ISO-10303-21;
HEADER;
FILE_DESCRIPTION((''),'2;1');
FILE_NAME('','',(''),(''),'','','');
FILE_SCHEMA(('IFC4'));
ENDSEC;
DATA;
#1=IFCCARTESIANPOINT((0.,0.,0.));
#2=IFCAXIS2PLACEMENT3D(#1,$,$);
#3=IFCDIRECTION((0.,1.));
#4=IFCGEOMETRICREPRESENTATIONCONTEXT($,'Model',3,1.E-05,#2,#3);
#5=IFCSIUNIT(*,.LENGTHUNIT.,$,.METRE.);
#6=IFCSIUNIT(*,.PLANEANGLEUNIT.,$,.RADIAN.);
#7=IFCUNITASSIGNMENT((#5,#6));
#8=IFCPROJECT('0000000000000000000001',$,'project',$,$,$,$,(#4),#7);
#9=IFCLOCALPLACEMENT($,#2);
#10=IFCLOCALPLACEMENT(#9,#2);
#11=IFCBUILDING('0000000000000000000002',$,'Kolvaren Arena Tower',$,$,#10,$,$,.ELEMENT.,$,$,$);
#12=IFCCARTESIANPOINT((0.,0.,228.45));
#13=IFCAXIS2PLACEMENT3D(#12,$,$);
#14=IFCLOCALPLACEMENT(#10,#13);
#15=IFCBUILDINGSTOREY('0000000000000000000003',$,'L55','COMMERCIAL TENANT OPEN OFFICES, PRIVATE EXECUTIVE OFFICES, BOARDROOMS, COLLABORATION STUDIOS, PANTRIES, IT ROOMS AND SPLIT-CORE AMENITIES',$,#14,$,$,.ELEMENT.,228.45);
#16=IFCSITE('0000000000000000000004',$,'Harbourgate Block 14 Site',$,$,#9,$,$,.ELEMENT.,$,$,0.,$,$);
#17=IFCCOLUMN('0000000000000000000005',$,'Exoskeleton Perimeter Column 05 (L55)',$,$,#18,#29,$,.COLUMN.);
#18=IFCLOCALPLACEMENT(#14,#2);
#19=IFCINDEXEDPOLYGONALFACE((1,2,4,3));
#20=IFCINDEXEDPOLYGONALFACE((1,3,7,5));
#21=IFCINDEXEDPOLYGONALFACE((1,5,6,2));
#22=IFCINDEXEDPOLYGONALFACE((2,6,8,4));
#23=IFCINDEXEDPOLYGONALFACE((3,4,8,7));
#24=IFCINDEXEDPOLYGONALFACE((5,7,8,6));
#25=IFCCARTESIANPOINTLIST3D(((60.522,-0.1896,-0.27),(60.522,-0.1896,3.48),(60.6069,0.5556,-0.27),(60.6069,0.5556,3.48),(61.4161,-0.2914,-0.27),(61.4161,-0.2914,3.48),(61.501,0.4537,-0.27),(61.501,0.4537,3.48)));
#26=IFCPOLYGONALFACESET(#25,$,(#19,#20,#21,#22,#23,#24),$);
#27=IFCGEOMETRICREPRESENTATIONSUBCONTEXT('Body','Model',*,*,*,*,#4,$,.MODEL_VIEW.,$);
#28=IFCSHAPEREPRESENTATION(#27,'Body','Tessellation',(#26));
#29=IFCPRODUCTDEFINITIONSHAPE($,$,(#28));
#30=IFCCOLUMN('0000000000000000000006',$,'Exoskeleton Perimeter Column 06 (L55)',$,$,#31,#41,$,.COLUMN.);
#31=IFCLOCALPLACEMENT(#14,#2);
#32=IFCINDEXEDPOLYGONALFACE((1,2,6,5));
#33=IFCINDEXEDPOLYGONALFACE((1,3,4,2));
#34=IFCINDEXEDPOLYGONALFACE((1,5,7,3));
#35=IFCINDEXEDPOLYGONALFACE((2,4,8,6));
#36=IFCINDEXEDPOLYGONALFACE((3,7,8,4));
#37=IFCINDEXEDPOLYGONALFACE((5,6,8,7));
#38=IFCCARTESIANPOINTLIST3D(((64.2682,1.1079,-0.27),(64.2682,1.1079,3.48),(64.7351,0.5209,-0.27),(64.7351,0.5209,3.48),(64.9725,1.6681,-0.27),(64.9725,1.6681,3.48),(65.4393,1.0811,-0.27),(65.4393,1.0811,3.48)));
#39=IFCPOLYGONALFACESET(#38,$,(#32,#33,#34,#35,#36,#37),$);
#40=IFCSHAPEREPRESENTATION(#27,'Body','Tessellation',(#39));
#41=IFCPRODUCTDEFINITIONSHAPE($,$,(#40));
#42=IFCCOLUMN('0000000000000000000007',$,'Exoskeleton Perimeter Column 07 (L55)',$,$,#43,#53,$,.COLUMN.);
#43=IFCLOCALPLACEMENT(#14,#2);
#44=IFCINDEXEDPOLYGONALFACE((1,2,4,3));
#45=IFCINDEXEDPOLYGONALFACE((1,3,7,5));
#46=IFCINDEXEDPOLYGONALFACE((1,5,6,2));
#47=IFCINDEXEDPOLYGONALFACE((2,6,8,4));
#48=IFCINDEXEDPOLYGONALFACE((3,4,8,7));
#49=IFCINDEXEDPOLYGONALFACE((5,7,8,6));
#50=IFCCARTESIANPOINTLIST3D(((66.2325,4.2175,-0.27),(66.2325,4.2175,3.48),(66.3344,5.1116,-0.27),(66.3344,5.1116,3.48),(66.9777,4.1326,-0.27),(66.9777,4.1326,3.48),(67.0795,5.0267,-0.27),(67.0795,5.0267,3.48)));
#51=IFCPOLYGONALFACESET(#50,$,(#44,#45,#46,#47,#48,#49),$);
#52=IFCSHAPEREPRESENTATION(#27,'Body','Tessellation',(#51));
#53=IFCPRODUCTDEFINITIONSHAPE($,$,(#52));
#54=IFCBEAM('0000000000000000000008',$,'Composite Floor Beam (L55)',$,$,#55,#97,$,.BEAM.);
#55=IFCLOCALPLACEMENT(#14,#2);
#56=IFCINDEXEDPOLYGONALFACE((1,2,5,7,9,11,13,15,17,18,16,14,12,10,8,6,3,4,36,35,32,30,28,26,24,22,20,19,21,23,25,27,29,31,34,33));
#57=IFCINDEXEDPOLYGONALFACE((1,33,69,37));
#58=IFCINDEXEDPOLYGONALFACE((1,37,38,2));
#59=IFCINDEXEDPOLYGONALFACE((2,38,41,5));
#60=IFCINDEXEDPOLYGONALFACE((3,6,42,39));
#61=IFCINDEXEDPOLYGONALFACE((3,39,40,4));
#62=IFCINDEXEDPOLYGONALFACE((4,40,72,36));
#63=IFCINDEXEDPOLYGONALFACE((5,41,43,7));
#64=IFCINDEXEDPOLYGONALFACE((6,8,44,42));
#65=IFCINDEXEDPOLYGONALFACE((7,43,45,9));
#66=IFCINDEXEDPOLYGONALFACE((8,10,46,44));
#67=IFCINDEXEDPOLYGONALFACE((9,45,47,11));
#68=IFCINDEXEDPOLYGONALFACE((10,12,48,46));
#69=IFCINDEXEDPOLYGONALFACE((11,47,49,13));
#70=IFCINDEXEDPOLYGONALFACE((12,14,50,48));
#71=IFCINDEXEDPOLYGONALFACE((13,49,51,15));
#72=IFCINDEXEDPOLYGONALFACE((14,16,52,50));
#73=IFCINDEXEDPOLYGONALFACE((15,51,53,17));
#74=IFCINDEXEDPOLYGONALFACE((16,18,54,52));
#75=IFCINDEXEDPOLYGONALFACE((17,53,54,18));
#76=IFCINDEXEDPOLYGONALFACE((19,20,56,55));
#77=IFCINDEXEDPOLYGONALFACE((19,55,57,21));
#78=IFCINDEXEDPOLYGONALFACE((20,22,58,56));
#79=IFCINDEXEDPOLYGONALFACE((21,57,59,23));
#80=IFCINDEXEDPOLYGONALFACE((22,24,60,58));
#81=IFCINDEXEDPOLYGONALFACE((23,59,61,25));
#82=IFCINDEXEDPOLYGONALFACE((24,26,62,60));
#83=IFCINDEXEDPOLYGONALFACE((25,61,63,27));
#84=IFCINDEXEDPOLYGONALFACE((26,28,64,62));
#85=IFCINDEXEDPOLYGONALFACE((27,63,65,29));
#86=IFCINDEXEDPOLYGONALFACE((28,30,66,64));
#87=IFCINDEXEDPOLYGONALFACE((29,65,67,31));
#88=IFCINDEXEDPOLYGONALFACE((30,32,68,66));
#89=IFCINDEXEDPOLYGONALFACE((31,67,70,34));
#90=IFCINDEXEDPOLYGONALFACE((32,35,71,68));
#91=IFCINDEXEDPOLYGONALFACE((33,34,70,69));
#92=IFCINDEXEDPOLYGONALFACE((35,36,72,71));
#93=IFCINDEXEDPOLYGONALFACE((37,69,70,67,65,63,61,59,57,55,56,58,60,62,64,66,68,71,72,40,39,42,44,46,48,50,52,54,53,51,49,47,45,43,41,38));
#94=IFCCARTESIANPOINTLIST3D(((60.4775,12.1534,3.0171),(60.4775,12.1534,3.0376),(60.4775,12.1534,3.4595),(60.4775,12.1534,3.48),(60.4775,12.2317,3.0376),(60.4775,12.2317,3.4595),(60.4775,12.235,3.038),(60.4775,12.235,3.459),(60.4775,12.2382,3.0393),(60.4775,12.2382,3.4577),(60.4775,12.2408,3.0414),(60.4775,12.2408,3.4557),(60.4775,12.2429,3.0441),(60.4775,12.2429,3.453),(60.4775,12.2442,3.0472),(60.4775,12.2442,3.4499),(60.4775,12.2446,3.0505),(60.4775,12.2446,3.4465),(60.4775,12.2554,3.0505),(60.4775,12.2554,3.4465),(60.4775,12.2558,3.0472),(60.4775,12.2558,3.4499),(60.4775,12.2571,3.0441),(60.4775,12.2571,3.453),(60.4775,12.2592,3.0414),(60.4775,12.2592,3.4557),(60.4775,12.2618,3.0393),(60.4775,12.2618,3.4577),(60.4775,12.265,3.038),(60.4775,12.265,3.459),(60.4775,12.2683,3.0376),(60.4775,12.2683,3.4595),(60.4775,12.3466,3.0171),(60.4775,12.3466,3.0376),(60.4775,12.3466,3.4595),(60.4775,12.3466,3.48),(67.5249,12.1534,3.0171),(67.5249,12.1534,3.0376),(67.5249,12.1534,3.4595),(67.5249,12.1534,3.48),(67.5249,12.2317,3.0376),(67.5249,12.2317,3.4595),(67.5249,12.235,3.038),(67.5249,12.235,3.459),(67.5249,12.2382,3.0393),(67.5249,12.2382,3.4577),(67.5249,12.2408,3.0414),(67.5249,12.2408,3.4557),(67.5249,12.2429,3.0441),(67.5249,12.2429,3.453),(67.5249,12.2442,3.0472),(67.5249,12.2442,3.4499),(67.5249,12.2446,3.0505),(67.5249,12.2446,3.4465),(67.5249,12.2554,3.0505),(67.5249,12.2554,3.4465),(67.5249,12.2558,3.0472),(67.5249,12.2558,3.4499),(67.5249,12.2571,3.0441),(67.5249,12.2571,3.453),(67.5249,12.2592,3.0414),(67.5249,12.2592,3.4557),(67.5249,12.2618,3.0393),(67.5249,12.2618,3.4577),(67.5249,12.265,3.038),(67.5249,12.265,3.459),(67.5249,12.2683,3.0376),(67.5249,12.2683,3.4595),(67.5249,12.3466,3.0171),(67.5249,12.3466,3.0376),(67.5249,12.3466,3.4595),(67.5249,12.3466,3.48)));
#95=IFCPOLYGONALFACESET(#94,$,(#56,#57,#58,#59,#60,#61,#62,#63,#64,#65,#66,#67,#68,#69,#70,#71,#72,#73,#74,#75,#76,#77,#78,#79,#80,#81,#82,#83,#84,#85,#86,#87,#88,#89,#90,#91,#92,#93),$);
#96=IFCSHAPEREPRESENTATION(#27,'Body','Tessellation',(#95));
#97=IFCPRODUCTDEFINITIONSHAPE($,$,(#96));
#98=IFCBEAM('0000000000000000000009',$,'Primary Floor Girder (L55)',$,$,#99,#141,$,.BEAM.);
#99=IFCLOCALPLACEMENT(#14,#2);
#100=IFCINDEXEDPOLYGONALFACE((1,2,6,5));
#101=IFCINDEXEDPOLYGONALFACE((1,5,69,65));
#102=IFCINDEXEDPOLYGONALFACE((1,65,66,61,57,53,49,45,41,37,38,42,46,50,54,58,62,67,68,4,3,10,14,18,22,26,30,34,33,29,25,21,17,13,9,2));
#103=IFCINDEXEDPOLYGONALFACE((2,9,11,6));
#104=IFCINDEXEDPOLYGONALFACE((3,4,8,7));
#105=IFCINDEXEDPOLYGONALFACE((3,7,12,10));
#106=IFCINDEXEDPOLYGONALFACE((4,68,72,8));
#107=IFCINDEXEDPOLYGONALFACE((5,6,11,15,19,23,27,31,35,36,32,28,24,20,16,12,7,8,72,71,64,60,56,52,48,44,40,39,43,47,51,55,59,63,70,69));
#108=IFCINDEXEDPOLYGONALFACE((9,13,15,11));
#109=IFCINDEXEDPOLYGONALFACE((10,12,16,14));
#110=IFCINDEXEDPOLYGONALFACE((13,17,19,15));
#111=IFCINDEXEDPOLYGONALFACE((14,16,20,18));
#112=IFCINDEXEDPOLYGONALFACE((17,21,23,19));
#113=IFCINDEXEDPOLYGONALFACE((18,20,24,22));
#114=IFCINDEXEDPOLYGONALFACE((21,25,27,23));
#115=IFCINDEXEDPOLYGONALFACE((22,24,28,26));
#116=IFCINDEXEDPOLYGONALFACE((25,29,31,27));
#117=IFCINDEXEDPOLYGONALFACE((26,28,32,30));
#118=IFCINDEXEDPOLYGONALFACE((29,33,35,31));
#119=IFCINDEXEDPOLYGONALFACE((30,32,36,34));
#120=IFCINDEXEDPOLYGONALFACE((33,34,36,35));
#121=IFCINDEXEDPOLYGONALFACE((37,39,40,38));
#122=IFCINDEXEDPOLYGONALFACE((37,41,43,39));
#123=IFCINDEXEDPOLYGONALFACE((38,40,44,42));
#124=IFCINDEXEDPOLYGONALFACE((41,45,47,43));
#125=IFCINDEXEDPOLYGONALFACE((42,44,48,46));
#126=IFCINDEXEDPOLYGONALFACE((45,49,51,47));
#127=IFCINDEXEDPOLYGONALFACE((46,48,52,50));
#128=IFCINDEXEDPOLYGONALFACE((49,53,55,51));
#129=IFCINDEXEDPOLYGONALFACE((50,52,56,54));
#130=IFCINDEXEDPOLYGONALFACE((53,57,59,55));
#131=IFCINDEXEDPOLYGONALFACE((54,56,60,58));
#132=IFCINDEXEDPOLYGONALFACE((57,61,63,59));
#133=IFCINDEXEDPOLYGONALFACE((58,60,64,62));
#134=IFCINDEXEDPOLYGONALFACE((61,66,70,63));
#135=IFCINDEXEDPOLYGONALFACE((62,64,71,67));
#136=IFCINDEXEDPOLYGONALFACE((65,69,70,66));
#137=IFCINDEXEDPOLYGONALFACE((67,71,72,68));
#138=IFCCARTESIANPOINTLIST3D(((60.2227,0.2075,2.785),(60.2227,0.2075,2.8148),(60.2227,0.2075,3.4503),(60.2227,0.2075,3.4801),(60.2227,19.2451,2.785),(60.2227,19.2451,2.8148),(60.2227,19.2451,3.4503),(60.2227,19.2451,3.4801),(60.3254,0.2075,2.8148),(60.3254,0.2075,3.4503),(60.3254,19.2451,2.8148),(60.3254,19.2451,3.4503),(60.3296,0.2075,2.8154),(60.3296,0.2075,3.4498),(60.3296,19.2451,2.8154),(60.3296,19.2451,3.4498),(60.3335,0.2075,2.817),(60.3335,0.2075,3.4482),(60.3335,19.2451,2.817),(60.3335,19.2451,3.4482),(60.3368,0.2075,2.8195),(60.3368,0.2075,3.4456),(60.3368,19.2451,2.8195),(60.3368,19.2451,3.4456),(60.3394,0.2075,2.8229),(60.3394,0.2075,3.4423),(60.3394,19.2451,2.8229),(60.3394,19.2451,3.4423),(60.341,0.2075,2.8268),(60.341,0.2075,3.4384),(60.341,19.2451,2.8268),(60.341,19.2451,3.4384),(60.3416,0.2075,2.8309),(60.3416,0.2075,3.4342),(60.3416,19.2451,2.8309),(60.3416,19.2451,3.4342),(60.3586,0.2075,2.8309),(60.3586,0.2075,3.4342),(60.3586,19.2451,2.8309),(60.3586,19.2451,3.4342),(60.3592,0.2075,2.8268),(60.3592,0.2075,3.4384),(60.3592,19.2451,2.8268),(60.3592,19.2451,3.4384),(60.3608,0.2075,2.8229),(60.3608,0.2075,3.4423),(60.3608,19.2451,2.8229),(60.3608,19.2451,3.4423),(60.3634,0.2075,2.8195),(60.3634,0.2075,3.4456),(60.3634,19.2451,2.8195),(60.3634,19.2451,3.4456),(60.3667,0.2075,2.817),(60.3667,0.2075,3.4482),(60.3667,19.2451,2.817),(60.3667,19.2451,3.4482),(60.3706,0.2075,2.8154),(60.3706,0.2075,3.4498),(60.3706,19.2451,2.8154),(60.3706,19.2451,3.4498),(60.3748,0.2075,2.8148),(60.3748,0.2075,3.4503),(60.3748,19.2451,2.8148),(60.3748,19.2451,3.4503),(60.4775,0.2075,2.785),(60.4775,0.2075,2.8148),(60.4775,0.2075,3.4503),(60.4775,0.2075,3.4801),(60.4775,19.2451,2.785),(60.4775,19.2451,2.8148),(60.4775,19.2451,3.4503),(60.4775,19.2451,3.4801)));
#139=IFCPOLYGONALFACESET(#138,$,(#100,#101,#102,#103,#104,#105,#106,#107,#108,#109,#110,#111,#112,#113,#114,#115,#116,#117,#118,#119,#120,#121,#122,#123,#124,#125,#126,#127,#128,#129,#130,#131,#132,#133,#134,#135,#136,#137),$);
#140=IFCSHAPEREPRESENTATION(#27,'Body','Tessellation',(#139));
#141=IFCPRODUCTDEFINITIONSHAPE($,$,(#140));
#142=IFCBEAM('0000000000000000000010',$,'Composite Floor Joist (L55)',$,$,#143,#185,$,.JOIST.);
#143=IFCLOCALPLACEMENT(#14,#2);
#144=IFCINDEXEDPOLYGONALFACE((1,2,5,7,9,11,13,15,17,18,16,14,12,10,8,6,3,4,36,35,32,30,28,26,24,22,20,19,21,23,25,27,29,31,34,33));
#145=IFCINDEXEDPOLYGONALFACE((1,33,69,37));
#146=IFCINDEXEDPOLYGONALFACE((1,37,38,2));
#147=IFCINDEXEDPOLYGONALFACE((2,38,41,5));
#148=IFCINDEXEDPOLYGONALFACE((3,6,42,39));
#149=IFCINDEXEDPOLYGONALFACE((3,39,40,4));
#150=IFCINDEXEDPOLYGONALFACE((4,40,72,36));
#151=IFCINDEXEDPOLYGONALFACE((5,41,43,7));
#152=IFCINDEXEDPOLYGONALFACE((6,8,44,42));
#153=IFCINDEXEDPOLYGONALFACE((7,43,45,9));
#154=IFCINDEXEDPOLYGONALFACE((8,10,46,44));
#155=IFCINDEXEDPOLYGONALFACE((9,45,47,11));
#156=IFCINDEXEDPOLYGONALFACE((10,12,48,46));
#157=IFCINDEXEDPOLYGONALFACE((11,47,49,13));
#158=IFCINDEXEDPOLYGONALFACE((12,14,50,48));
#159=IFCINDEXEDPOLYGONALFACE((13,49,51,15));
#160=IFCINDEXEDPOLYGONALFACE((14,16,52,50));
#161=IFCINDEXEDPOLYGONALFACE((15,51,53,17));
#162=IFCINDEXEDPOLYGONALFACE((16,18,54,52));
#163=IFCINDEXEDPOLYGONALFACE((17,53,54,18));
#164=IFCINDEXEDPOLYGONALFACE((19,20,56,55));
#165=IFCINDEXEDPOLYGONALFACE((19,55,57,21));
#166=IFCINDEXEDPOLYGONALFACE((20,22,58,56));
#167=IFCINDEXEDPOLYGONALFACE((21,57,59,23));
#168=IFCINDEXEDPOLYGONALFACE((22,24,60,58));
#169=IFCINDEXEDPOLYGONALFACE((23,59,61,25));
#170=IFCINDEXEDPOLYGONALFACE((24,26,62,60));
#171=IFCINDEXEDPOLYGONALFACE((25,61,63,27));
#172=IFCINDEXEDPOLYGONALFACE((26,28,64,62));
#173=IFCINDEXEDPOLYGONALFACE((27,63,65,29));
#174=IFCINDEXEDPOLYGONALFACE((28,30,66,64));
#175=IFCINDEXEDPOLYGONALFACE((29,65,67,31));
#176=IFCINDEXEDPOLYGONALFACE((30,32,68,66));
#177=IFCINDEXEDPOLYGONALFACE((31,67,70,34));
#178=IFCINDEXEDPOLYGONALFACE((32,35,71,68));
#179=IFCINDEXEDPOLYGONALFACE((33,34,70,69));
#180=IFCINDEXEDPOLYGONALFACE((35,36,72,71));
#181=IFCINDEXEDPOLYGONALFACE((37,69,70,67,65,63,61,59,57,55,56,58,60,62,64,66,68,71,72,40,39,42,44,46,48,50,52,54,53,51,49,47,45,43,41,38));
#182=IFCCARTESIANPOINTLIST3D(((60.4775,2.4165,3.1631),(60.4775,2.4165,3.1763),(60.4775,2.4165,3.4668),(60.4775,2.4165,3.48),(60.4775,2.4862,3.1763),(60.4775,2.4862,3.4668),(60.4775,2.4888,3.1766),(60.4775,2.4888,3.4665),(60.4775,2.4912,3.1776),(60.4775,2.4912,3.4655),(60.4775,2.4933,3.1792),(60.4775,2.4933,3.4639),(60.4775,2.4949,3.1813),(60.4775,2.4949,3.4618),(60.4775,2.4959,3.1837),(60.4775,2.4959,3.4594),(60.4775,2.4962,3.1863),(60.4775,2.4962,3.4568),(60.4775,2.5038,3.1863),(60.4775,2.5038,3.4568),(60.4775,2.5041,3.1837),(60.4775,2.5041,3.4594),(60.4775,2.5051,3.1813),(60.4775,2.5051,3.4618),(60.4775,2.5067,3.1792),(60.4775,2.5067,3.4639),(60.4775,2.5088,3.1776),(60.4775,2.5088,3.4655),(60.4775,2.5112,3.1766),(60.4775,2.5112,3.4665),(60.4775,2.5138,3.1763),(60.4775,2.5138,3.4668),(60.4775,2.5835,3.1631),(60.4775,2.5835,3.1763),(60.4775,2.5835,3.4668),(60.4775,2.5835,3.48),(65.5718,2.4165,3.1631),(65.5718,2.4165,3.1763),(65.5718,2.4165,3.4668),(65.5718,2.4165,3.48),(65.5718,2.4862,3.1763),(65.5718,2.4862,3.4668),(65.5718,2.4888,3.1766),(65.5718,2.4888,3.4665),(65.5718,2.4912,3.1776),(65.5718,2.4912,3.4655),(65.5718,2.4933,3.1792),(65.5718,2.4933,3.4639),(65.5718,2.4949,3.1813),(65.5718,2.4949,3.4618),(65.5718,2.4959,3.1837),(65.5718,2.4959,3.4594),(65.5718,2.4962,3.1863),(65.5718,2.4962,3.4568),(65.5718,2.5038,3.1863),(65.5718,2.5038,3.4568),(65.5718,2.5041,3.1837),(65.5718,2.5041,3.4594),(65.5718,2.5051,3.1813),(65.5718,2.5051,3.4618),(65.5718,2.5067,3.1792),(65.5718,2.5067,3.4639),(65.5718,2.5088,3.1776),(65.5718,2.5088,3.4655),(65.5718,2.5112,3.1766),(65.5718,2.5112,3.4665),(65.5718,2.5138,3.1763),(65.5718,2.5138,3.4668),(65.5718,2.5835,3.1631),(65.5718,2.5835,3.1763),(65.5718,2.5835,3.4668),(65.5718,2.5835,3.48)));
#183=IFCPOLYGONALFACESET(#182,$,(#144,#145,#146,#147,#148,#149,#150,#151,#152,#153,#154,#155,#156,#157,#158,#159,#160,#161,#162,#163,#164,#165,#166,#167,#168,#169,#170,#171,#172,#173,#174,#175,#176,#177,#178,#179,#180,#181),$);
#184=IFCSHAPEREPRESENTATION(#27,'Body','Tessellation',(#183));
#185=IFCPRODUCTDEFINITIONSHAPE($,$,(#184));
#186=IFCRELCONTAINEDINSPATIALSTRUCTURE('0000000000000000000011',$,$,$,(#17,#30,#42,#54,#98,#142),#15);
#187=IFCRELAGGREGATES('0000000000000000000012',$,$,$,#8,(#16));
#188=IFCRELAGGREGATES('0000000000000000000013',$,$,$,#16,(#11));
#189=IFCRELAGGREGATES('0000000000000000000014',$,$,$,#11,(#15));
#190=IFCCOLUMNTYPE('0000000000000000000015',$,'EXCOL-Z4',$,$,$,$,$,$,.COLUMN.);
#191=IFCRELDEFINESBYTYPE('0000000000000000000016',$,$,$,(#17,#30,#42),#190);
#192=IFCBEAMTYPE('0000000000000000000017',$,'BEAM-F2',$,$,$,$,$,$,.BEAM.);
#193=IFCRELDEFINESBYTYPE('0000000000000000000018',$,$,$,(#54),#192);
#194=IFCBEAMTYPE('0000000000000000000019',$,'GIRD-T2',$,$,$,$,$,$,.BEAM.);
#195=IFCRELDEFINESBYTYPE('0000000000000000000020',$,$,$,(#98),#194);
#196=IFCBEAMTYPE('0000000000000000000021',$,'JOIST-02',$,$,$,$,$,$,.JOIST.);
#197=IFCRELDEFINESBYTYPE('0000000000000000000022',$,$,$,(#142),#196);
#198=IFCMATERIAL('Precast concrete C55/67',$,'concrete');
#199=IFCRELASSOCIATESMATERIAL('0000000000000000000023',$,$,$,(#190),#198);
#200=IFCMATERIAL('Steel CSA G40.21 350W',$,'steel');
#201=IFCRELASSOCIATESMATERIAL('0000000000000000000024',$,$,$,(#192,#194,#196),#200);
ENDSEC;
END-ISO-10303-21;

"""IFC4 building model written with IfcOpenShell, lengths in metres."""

from ifc_helpers import new_model, si_unit, direction, frame, origin, origin_2d, place, context, subcontext, project, spatial, rectangle, i_section, extrude, material, material_profile, profile_set, type_object, element, save


model = new_model("IFC4")

# Units and contexts
model_context = context("Model", 3, precision=1e-05, world=origin(), true_north=direction((0.0, 1.0)))
body_context = subcontext(model_context, "Body", "Model", "MODEL_VIEW")
ifc_project = project(units=[si_unit("LENGTHUNIT", "METRE"), si_unit("PLANEANGLEUNIT", "RADIAN")], contexts=[model_context])

# Site, building, storey
site_placement = place(None, origin())
site = spatial("IfcSite", under=ifc_project, at=site_placement, Name="Harbourgate Block 14 Site", CompositionType="ELEMENT", RefElevation=0.0)
building_placement = place(site_placement, origin())
building = spatial("IfcBuilding", under=site, at=building_placement, Name="Kolvaren Arena Tower", CompositionType="ELEMENT")
storey_placement = place(building_placement, frame((0.0, 0.0, 228.45)))
storey = spatial("IfcBuildingStorey", under=building, at=storey_placement, Name="L55", Description="COMMERCIAL TENANT OPEN OFFICES, PRIVATE EXECUTIVE OFFICES, BOARDROOMS, COLLABORATION STUDIOS, PANTRIES, IT ROOMS AND SPLIT-CORE AMENITIES", CompositionType="ELEMENT", Elevation=228.45)

# Columns
ifc_material_1 = material(Name="Precast concrete C55/67", Category="concrete")
ifc_material_profile_1 = material_profile(ifc_material_1, rectangle(XDim=0.8999, YDim=0.75, at=origin_2d()), Name="RC-900x750")
ifc_profile_set_1 = profile_set([ifc_material_profile_1], Name="Precast concrete C55/67")
column_type = type_object("IfcColumnType", Name="EXCOL-Z4", PredefinedType="COLUMN", material=ifc_profile_set_1)
for number, where, z_axis, x_axis, name in (
    (1, (61.0115, 0.1321, -0.27), (0.0, 0.0, 1.0), (0.993572, -0.113203, 0.0), "Exoskeleton Perimeter Column 05 (L55)"),
    (2, (64.8538, 1.0945, -0.27), (0.0, 0.0, 1.0), (0.782608, 0.622515, 0.0), "Exoskeleton Perimeter Column 06 (L55)"),
    (3, (66.656, 4.6221, -0.27), (0.0, 0.0, 1.0), (0.113203, 0.993572, 0.0), "Exoskeleton Perimeter Column 07 (L55)"),
):
    element("IfcColumn", number, at=place(storey_placement, frame(where, z_axis=z_axis, x_axis=x_axis)), inside=storey, type_object=column_type, Name=name, PredefinedType="COLUMN", context=body_context, shape_type="SweptSolid", body=[
        extrude(rectangle(XDim=0.8999, YDim=0.75, at=origin_2d()), origin(), (0.0, 0.0, 1.0), 3.75),
    ])

# Beams
ifc_material_2 = material(Name="Steel CSA G40.21 350W", Category="steel")
ifc_material_profile_2 = material_profile(ifc_material_2, i_section(OverallWidth=0.1931, OverallDepth=0.4629, WebThickness=0.0107, FlangeThickness=0.0205, FilletRadius=0.0129, at=origin_2d()), Name="W460x113")
ifc_profile_set_2 = profile_set([ifc_material_profile_2], Name="Steel CSA G40.21 350W")
beam_type_1 = type_object("IfcBeamType", Name="BEAM-F2", PredefinedType="BEAM", material=ifc_profile_set_2)
beam_1_placement = place(storey_placement, frame((60.4775, 12.25, 3.2485), z_axis=(1.0, 0.0, 0.0), x_axis=(0.0, 1.0, 0.0)))
element("IfcBeam", 4, at=beam_1_placement, inside=storey, type_object=beam_type_1, Name="Composite Floor Beam (L55)", PredefinedType="BEAM", context=body_context, shape_type="SweptSolid", body=[
    extrude(i_section(OverallWidth=0.1931, OverallDepth=0.4629, WebThickness=0.0107, FlangeThickness=0.0205, FilletRadius=0.0129, at=origin_2d()), origin(), (0.0, 0.0, 1.0), 7.0474),
])
ifc_material_profile_3 = material_profile(ifc_material_2, i_section(OverallWidth=0.2549, OverallDepth=0.6951, WebThickness=0.0171, FlangeThickness=0.0298, FilletRadius=0.0161, at=origin_2d()), Name="W690x217")
ifc_profile_set_3 = profile_set([ifc_material_profile_3], Name="Steel CSA G40.21 350W")
beam_type_2 = type_object("IfcBeamType", Name="GIRD-T2", PredefinedType="BEAM", material=ifc_profile_set_3)
beam_2_placement = place(storey_placement, frame((60.3501, 0.2075, 3.1326), z_axis=(0.0, 1.0, 0.0), x_axis=(-1.0, 0.0, 0.0)))
element("IfcBeam", 5, at=beam_2_placement, inside=storey, type_object=beam_type_2, Name="Primary Floor Girder (L55)", PredefinedType="BEAM", context=body_context, shape_type="SweptSolid", body=[
    extrude(i_section(OverallWidth=0.2549, OverallDepth=0.6951, WebThickness=0.0171, FlangeThickness=0.0298, FilletRadius=0.0161, at=origin_2d()), origin(), (0.0, 0.0, 1.0), 19.0376),
])
ifc_material_profile_4 = material_profile(ifc_material_2, i_section(OverallWidth=0.167, OverallDepth=0.3169, WebThickness=0.0076, FlangeThickness=0.0132, FilletRadius=0.01, at=origin_2d()), Name="W310x52")
ifc_profile_set_4 = profile_set([ifc_material_profile_4], Name="Steel CSA G40.21 350W")
beam_type_3 = type_object("IfcBeamType", Name="JOIST-02", PredefinedType="JOIST", material=ifc_profile_set_4)
beam_3_placement = place(storey_placement, frame((60.4775, 2.5, 3.3215), z_axis=(1.0, 0.0, 0.0), x_axis=(0.0, 1.0, 0.0)))
element("IfcBeam", 6, at=beam_3_placement, inside=storey, type_object=beam_type_3, Name="Composite Floor Joist (L55)", PredefinedType="JOIST", context=body_context, shape_type="SweptSolid", body=[
    extrude(i_section(OverallWidth=0.167, OverallDepth=0.3169, WebThickness=0.0076, FlangeThickness=0.0132, FilletRadius=0.01, at=origin_2d()), origin(), (0.0, 0.0, 1.0), 5.0942),
])

save(model, "model.ifc")
